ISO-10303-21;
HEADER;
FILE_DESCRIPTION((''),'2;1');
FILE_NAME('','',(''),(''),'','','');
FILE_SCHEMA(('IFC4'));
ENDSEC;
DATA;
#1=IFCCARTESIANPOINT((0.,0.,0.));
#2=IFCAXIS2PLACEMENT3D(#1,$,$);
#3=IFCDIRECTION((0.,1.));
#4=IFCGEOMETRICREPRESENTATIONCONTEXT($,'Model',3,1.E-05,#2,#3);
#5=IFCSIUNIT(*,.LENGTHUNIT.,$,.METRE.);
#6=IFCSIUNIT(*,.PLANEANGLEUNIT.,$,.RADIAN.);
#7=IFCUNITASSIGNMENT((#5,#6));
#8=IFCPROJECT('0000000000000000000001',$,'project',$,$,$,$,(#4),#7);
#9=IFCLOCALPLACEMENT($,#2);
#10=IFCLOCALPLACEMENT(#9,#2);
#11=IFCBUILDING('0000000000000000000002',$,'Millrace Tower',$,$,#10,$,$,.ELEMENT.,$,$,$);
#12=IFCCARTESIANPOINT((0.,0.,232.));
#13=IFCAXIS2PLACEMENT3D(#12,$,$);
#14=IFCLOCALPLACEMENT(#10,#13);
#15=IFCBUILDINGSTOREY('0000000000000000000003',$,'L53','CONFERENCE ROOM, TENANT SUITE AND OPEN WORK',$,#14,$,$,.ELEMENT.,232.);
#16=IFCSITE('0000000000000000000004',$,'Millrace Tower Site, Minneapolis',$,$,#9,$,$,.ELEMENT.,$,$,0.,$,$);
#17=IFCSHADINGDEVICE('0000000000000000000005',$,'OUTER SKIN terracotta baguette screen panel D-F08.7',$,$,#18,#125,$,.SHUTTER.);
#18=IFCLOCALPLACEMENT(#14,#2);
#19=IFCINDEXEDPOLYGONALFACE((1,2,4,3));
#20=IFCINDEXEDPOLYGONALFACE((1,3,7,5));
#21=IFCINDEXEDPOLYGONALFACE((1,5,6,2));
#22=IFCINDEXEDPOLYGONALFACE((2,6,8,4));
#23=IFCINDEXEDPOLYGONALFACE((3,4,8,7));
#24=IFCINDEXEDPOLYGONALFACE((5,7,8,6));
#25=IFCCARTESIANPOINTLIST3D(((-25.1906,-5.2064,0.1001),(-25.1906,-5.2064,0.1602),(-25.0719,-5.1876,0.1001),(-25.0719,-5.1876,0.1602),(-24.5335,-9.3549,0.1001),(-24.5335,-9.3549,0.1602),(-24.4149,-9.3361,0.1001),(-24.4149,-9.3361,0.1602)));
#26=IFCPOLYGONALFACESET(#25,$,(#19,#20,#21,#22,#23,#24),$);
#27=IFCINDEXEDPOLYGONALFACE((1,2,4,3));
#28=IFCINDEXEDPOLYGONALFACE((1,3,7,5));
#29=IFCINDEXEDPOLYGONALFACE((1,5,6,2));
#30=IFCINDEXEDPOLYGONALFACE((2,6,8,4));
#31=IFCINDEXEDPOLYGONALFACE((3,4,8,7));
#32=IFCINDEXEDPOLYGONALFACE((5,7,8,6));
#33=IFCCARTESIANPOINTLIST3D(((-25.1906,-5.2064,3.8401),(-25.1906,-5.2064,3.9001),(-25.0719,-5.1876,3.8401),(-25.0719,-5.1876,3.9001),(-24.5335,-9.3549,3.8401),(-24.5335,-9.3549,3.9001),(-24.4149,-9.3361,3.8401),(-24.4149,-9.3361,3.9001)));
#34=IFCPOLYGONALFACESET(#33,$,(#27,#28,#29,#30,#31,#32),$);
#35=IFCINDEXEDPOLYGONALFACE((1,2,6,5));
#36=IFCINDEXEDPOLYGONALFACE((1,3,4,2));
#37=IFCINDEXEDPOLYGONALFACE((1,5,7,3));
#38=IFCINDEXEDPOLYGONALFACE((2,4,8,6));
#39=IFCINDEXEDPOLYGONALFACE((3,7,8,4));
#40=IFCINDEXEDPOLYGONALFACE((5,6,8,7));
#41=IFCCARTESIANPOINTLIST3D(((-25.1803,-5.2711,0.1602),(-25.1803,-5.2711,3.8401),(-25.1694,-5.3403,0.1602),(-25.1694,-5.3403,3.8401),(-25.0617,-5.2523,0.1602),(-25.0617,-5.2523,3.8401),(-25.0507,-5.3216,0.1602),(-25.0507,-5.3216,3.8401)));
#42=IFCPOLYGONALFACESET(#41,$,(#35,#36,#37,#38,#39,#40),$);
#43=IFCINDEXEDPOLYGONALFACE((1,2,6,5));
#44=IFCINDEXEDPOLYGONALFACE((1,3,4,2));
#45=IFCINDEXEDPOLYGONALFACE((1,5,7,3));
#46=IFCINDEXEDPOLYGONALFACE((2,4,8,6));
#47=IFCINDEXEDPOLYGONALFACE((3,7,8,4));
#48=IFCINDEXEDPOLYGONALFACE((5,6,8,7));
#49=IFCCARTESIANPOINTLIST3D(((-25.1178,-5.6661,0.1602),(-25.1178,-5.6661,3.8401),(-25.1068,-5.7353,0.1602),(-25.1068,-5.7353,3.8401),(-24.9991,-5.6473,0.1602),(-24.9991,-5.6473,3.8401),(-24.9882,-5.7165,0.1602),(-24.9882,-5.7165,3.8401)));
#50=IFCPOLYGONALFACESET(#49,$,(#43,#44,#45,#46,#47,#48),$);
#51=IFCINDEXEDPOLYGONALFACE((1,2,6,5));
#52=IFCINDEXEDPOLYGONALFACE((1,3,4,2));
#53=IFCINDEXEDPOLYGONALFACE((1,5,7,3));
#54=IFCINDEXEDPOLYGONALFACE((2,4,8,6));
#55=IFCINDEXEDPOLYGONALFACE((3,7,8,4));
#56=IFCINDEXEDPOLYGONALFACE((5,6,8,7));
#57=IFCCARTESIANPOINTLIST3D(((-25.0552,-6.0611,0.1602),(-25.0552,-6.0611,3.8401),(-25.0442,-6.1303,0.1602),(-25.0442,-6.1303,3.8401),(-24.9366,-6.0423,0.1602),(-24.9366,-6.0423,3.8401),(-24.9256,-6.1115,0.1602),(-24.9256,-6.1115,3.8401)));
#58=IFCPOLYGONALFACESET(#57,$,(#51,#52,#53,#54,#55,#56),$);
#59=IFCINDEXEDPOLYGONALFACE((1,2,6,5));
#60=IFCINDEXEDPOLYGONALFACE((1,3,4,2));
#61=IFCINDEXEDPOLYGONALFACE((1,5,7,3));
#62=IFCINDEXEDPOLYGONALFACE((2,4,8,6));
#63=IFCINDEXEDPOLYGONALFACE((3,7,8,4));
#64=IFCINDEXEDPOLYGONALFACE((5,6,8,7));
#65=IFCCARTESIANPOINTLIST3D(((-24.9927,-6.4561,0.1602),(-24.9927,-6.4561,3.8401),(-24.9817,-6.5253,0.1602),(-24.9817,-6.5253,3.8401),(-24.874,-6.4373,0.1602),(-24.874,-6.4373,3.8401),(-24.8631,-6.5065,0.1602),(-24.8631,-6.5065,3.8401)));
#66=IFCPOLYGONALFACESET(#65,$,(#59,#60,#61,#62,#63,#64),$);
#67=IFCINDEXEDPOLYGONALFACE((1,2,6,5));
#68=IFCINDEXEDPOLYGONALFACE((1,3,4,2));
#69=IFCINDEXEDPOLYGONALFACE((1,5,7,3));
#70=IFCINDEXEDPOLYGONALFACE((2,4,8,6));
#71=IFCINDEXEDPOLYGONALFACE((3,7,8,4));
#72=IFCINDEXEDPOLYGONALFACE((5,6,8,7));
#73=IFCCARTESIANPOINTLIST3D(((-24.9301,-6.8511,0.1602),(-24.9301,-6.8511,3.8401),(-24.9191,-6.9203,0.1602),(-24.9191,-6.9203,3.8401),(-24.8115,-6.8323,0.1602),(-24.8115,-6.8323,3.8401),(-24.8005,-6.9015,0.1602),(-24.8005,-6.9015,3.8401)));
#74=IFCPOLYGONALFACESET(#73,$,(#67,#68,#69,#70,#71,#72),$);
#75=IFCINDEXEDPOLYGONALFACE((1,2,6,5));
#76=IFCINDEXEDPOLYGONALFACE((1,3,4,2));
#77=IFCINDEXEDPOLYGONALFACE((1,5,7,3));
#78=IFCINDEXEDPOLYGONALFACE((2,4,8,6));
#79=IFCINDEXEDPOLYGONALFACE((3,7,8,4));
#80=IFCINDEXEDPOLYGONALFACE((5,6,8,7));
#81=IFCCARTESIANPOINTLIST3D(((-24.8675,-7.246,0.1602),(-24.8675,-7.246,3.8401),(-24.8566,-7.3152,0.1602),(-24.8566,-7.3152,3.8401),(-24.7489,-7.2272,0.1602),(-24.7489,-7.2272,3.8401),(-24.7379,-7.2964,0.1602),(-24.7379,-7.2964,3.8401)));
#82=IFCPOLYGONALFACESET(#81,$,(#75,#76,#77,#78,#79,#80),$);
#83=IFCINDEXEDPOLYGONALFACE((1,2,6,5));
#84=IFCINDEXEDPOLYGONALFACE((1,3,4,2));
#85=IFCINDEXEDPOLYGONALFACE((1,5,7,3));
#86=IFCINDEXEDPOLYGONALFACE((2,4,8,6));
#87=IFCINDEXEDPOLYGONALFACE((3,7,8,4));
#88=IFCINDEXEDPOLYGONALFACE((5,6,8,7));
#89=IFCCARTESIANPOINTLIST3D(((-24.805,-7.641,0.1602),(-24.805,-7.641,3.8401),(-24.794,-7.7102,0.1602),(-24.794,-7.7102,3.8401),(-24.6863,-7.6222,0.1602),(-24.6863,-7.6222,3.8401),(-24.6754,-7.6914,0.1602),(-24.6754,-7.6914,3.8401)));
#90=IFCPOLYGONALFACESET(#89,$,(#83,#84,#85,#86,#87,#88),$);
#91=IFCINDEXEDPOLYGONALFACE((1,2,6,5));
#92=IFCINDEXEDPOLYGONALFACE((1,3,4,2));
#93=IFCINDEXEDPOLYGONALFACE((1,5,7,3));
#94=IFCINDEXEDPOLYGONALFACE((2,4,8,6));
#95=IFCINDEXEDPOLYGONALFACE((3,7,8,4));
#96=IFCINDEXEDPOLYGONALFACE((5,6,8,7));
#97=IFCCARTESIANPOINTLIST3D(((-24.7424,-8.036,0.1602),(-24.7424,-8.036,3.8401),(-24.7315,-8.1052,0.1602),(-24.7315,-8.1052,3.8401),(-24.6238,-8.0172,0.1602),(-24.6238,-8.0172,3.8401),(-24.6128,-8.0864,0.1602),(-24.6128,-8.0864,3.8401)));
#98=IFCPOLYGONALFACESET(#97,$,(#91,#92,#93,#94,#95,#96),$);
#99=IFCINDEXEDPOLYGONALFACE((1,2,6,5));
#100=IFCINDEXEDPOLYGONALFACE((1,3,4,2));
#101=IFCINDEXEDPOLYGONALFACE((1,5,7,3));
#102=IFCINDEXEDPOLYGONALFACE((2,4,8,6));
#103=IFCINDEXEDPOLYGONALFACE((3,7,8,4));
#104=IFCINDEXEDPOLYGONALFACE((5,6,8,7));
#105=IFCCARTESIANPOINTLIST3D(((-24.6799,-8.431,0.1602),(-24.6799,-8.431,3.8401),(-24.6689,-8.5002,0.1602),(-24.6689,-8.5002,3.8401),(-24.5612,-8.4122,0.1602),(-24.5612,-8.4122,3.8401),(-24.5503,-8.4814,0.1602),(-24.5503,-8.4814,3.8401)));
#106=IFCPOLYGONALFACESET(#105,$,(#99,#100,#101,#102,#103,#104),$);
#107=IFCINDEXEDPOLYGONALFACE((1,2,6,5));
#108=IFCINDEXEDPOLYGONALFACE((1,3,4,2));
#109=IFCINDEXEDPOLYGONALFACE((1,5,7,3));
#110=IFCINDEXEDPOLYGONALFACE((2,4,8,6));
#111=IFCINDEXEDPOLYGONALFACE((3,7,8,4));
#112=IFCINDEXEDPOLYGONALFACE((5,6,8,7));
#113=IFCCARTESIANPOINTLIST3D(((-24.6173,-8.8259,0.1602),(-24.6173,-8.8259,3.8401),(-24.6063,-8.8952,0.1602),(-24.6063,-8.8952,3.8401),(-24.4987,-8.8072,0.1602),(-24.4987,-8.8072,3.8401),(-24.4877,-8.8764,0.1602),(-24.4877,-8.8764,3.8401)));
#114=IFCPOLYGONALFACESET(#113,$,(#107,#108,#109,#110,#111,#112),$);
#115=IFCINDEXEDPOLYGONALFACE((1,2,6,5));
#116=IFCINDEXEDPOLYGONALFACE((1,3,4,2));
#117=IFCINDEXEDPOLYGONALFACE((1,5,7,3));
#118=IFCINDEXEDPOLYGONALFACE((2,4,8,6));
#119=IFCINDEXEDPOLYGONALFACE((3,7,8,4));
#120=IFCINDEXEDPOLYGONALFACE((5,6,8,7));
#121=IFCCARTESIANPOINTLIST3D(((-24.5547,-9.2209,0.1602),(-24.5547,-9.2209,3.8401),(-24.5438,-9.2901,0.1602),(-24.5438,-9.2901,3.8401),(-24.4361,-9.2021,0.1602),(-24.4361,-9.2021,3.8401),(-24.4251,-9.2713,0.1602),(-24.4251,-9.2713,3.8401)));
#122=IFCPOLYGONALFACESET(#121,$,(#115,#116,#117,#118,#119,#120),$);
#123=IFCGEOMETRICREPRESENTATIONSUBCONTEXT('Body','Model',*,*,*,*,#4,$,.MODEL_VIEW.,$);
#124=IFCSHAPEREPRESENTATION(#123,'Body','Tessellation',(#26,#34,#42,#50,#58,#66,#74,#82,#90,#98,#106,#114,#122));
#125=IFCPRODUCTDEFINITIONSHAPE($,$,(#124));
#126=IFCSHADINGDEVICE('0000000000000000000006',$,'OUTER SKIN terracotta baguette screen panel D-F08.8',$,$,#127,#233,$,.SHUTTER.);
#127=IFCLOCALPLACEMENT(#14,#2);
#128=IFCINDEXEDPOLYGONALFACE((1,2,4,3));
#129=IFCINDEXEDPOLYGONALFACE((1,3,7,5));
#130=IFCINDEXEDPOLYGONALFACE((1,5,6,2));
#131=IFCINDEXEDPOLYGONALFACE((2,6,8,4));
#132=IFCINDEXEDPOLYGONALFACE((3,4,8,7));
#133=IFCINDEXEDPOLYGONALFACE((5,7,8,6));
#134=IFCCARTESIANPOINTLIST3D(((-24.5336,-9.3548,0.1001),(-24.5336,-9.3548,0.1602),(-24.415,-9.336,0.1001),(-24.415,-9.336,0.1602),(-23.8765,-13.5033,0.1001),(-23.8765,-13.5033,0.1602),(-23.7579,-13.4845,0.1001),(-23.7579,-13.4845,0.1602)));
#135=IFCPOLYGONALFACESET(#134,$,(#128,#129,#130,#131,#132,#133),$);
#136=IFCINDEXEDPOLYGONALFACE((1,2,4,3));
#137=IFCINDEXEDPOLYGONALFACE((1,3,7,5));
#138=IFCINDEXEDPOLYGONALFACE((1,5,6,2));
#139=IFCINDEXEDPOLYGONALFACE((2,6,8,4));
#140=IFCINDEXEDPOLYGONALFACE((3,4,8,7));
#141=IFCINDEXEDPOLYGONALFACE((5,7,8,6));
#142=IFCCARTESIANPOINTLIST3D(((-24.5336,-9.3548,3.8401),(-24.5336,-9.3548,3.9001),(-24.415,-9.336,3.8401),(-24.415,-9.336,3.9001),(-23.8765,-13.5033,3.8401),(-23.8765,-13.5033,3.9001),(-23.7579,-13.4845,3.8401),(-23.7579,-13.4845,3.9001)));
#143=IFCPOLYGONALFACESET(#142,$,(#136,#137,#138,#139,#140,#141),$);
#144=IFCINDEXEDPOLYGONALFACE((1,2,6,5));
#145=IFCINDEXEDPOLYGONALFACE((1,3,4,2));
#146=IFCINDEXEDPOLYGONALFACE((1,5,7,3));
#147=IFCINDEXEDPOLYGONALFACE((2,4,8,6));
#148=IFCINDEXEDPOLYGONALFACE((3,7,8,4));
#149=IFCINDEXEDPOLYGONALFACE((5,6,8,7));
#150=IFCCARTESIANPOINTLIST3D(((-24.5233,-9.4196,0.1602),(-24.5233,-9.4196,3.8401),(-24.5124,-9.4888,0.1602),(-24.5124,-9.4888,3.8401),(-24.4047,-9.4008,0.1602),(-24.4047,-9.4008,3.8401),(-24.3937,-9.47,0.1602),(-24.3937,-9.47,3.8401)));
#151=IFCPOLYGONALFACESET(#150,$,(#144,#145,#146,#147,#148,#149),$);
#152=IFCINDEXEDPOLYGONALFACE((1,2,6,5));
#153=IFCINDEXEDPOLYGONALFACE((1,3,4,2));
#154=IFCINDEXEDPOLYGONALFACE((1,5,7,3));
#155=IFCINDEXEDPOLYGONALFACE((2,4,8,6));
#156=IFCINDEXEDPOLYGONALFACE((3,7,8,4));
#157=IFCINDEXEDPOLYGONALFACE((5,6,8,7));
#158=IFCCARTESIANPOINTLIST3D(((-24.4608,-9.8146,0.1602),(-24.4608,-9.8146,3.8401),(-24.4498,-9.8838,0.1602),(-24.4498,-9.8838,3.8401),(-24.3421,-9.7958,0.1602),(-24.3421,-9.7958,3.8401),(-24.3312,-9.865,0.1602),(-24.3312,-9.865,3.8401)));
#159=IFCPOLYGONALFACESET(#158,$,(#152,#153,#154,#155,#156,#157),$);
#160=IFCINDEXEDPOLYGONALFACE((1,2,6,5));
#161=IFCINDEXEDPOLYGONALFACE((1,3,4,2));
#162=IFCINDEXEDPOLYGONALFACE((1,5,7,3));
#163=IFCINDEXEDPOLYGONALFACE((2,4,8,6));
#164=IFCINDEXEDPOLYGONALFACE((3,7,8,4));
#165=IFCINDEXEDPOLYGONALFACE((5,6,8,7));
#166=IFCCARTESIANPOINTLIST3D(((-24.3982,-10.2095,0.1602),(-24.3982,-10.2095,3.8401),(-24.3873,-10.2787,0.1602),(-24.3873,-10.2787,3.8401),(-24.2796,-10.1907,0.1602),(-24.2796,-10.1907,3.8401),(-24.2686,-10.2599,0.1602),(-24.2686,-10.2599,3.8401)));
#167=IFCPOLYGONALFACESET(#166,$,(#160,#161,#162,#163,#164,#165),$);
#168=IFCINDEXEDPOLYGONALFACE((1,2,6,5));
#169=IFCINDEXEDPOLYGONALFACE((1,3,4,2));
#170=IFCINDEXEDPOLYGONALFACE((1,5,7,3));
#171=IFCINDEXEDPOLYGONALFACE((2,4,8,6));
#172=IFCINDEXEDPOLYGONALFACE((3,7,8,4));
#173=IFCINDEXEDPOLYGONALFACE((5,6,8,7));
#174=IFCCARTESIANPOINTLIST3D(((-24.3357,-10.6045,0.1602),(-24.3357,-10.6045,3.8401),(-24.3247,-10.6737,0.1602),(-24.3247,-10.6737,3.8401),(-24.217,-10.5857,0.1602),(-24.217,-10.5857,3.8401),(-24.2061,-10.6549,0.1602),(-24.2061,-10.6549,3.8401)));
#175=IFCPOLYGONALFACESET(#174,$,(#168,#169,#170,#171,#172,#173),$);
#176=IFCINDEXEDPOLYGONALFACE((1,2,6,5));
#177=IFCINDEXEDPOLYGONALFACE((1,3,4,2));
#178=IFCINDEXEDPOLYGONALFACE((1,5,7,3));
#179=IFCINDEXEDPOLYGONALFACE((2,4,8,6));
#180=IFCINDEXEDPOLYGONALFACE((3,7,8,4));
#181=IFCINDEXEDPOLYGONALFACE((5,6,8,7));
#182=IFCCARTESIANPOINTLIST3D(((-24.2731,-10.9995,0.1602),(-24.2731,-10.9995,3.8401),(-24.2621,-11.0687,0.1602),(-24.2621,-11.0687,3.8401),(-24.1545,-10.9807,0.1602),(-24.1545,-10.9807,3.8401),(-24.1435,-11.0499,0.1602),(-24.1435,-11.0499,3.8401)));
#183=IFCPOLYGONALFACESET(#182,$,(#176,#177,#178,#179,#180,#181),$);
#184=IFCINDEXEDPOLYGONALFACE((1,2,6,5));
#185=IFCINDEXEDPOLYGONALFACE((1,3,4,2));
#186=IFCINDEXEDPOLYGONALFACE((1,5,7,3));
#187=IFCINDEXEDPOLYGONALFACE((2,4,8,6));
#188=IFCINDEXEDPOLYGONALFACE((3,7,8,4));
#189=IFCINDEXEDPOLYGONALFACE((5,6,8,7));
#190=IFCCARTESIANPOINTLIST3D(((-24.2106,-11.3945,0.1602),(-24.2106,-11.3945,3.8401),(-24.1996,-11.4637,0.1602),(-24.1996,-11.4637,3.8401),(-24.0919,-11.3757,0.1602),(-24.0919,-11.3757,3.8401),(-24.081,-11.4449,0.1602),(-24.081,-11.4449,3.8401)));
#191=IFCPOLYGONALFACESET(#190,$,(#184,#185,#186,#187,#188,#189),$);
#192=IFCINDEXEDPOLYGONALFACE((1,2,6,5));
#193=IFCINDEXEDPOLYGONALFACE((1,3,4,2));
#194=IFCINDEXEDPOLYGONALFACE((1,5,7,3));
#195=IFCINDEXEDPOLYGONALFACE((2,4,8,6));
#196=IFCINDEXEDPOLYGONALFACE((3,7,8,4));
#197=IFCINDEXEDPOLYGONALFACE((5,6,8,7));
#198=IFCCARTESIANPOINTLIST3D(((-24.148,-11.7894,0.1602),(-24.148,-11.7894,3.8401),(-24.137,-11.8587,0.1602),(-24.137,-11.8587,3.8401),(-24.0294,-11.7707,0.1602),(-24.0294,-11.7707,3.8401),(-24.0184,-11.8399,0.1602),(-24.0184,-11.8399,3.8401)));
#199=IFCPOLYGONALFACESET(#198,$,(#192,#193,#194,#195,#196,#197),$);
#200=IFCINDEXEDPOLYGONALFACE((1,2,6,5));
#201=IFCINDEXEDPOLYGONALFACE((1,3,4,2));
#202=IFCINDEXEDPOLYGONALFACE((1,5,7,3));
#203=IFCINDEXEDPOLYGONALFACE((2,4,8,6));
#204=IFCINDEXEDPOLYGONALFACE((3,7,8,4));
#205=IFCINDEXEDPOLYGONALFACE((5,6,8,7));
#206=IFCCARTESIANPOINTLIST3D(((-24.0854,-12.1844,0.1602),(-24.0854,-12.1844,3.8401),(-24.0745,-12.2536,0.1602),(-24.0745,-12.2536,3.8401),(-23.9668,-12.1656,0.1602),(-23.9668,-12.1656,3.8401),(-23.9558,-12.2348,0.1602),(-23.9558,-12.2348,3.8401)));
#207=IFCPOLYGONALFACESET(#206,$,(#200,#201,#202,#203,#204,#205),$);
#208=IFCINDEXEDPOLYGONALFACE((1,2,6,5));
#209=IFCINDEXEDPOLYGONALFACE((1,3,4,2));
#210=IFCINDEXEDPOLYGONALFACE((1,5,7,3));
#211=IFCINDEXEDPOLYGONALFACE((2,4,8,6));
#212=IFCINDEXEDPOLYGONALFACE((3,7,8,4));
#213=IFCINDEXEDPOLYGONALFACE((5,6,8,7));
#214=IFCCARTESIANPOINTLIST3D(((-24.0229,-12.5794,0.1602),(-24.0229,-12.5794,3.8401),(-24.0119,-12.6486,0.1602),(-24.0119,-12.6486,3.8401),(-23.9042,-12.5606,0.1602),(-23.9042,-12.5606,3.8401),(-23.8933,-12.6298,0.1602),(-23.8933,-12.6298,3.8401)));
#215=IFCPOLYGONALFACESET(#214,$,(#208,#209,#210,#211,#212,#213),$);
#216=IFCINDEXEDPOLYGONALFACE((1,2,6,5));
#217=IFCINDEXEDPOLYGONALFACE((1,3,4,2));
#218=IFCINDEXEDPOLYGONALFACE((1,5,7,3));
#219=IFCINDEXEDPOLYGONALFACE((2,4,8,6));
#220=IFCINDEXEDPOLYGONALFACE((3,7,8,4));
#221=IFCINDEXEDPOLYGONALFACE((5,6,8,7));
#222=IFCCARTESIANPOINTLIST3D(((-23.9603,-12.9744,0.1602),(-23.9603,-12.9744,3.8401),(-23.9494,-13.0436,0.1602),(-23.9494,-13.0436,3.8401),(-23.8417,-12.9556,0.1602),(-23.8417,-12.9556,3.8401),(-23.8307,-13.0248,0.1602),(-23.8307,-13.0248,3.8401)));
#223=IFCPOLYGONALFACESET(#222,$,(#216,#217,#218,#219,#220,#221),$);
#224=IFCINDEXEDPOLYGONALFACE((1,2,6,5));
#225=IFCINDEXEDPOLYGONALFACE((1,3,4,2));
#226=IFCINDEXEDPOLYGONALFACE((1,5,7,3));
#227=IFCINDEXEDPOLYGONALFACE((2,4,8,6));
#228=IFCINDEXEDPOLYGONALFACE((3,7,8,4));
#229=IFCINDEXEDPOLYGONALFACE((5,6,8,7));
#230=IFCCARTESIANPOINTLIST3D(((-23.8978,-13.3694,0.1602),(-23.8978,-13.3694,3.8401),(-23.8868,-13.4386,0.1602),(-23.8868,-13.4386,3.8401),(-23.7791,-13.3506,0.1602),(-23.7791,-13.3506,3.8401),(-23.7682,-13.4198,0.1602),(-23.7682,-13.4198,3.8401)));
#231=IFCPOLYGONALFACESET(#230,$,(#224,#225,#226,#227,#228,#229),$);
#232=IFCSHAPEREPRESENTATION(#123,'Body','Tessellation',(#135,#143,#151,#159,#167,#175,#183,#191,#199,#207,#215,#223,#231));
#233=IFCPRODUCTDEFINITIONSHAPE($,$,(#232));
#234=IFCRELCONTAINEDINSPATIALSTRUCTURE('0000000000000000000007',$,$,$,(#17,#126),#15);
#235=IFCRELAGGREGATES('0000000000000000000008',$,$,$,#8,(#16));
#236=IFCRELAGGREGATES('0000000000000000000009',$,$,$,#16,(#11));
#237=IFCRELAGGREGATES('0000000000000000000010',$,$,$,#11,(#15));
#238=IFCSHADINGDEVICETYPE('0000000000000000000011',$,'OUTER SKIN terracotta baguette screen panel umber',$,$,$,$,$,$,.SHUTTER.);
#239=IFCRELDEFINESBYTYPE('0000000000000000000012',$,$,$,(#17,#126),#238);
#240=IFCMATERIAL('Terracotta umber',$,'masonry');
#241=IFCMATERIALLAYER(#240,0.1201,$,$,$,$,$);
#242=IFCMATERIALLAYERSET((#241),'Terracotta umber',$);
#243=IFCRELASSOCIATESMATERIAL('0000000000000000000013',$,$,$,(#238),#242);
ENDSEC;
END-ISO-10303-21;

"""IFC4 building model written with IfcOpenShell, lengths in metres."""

from ifc_helpers import new_model, entity, si_unit, direction, frame, frame_2d, origin, origin_2d, place, context, subcontext, project, spatial, rectangle, extrude, source, transform, mapped, material, layer, layer_set, type_object, element, save


model = new_model("IFC4")

# Units and contexts
model_context = context("Model", 3, precision=1e-05, world=origin(), true_north=direction((0.0, 1.0)))
body_context = subcontext(model_context, "Body", "Model", "MODEL_VIEW")
ifc_project = project(units=[si_unit("LENGTHUNIT", "METRE"), si_unit("PLANEANGLEUNIT", "RADIAN")], contexts=[model_context])

# Site, building, storey
site_placement = place(None, origin())
site = spatial("IfcSite", under=ifc_project, at=site_placement, Name="Millrace Tower Site, Minneapolis", CompositionType="ELEMENT", RefElevation=0.0)
building_placement = place(site_placement, origin())
building = spatial("IfcBuilding", under=site, at=building_placement, Name="Millrace Tower", CompositionType="ELEMENT")
storey_placement = place(building_placement, frame((0.0, 0.0, 232.0)))
storey = spatial("IfcBuildingStorey", under=building, at=storey_placement, Name="L53", Description="CONFERENCE ROOM, TENANT SUITE AND OPEN WORK", CompositionType="ELEMENT", Elevation=232.0)

# Shading devices
ifc_material_1 = material(Name="Terracotta umber", Category="masonry")
ifc_layer_1 = layer(ifc_material_1, 0.1201)
ifc_layer_set_1 = layer_set([ifc_layer_1], Name="Terracotta umber")
shading_device_type = type_object("IfcShadingDeviceType", Name="OUTER SKIN terracotta baguette screen panel umber", PredefinedType="SHUTTER", material=ifc_layer_set_1)
cartesian_point = entity("IfcCartesianPoint", [-2.1001, 0.0601])
shared_polyline = entity("IfcPolyline", [cartesian_point, entity("IfcCartesianPoint", [2.1001, 0.0601]), entity("IfcCartesianPoint", [2.1001, -0.0601]), entity("IfcCartesianPoint", [-2.1001, -0.0601]), cartesian_point])
shared_shape = source(origin(), body_context, "Body", "SweptSolid", [
    entity("IfcExtrudedAreaSolid", entity("IfcArbitraryClosedProfileDef", "AREA", None, shared_polyline), entity("IfcAxis2Placement3D", entity("IfcCartesianPoint", [0.0, 0.0, 0.0])), entity("IfcDirection", [0.0, 0.0, 1.0]), 0.0601),
    entity("IfcExtrudedAreaSolid", entity("IfcArbitraryClosedProfileDef", "AREA", None, shared_polyline), entity("IfcAxis2Placement3D", entity("IfcCartesianPoint", [0.0, 0.0, 3.74])), entity("IfcDirection", [0.0, 0.0, 1.0]), 0.0601),
    extrude(rectangle(XDim=0.0701, YDim=0.1201, at=frame_2d((-1.9995, 0.0))), frame((0.0, 0.0, 0.0601)), (0.0, 0.0, 1.0), 3.6799),
    extrude(rectangle(XDim=0.0701, YDim=0.1201, at=frame_2d((-1.5996, 0.0))), frame((0.0, 0.0, 0.0601)), (0.0, 0.0, 1.0), 3.6799),
    extrude(rectangle(XDim=0.0701, YDim=0.1201, at=frame_2d((-1.1997, 0.0))), frame((0.0, 0.0, 0.0601)), (0.0, 0.0, 1.0), 3.6799),
    extrude(rectangle(XDim=0.0701, YDim=0.1201, at=frame_2d((-0.7998, 0.0))), frame((0.0, 0.0, 0.0601)), (0.0, 0.0, 1.0), 3.6799),
    extrude(rectangle(XDim=0.0701, YDim=0.1201, at=frame_2d((-0.3999, 0.0))), frame((0.0, 0.0, 0.0601)), (0.0, 0.0, 1.0), 3.6799),
    extrude(rectangle(XDim=0.0701, YDim=0.1201, at=origin_2d()), frame((0.0, 0.0, 0.0601)), (0.0, 0.0, 1.0), 3.6799),
    extrude(rectangle(XDim=0.0701, YDim=0.1201, at=frame_2d((0.3999, 0.0))), frame((0.0, 0.0, 0.0601)), (0.0, 0.0, 1.0), 3.6799),
    extrude(rectangle(XDim=0.0701, YDim=0.1201, at=frame_2d((0.7998, 0.0))), frame((0.0, 0.0, 0.0601)), (0.0, 0.0, 1.0), 3.6799),
    extrude(rectangle(XDim=0.0701, YDim=0.1201, at=frame_2d((1.1997, 0.0))), frame((0.0, 0.0, 0.0601)), (0.0, 0.0, 1.0), 3.6799),
    extrude(rectangle(XDim=0.0701, YDim=0.1201, at=frame_2d((1.5996, 0.0))), frame((0.0, 0.0, 0.0601)), (0.0, 0.0, 1.0), 3.6799),
    extrude(rectangle(XDim=0.0701, YDim=0.1201, at=frame_2d((1.9995, 0.0))), frame((0.0, 0.0, 0.0601)), (0.0, 0.0, 1.0), 3.6799),
])
for number, where, z_axis, x_axis, name in (
    (1, (-24.8027, -7.2712, 0.1001), (0.0, 0.0, 1.0), (0.156434, -0.987688, 0.0), "OUTER SKIN terracotta baguette screen panel D-F08.7"),
    (2, (-24.1458, -11.4197, 0.1001), (0.0, 0.0, 1.0), (0.156434, -0.987688, 0.0), "OUTER SKIN terracotta baguette screen panel D-F08.8"),
):
    element("IfcShadingDevice", number, at=place(storey_placement, frame(where, z_axis=z_axis, x_axis=x_axis)), inside=storey, type_object=shading_device_type, Name=name, PredefinedType="SHUTTER", context=body_context, shape_type="MappedRepresentation", body=[
        mapped(shared_shape, transform((0.0, 0.0, 0.0), scale=1.0)),
    ])

save(model, "model.ifc")
